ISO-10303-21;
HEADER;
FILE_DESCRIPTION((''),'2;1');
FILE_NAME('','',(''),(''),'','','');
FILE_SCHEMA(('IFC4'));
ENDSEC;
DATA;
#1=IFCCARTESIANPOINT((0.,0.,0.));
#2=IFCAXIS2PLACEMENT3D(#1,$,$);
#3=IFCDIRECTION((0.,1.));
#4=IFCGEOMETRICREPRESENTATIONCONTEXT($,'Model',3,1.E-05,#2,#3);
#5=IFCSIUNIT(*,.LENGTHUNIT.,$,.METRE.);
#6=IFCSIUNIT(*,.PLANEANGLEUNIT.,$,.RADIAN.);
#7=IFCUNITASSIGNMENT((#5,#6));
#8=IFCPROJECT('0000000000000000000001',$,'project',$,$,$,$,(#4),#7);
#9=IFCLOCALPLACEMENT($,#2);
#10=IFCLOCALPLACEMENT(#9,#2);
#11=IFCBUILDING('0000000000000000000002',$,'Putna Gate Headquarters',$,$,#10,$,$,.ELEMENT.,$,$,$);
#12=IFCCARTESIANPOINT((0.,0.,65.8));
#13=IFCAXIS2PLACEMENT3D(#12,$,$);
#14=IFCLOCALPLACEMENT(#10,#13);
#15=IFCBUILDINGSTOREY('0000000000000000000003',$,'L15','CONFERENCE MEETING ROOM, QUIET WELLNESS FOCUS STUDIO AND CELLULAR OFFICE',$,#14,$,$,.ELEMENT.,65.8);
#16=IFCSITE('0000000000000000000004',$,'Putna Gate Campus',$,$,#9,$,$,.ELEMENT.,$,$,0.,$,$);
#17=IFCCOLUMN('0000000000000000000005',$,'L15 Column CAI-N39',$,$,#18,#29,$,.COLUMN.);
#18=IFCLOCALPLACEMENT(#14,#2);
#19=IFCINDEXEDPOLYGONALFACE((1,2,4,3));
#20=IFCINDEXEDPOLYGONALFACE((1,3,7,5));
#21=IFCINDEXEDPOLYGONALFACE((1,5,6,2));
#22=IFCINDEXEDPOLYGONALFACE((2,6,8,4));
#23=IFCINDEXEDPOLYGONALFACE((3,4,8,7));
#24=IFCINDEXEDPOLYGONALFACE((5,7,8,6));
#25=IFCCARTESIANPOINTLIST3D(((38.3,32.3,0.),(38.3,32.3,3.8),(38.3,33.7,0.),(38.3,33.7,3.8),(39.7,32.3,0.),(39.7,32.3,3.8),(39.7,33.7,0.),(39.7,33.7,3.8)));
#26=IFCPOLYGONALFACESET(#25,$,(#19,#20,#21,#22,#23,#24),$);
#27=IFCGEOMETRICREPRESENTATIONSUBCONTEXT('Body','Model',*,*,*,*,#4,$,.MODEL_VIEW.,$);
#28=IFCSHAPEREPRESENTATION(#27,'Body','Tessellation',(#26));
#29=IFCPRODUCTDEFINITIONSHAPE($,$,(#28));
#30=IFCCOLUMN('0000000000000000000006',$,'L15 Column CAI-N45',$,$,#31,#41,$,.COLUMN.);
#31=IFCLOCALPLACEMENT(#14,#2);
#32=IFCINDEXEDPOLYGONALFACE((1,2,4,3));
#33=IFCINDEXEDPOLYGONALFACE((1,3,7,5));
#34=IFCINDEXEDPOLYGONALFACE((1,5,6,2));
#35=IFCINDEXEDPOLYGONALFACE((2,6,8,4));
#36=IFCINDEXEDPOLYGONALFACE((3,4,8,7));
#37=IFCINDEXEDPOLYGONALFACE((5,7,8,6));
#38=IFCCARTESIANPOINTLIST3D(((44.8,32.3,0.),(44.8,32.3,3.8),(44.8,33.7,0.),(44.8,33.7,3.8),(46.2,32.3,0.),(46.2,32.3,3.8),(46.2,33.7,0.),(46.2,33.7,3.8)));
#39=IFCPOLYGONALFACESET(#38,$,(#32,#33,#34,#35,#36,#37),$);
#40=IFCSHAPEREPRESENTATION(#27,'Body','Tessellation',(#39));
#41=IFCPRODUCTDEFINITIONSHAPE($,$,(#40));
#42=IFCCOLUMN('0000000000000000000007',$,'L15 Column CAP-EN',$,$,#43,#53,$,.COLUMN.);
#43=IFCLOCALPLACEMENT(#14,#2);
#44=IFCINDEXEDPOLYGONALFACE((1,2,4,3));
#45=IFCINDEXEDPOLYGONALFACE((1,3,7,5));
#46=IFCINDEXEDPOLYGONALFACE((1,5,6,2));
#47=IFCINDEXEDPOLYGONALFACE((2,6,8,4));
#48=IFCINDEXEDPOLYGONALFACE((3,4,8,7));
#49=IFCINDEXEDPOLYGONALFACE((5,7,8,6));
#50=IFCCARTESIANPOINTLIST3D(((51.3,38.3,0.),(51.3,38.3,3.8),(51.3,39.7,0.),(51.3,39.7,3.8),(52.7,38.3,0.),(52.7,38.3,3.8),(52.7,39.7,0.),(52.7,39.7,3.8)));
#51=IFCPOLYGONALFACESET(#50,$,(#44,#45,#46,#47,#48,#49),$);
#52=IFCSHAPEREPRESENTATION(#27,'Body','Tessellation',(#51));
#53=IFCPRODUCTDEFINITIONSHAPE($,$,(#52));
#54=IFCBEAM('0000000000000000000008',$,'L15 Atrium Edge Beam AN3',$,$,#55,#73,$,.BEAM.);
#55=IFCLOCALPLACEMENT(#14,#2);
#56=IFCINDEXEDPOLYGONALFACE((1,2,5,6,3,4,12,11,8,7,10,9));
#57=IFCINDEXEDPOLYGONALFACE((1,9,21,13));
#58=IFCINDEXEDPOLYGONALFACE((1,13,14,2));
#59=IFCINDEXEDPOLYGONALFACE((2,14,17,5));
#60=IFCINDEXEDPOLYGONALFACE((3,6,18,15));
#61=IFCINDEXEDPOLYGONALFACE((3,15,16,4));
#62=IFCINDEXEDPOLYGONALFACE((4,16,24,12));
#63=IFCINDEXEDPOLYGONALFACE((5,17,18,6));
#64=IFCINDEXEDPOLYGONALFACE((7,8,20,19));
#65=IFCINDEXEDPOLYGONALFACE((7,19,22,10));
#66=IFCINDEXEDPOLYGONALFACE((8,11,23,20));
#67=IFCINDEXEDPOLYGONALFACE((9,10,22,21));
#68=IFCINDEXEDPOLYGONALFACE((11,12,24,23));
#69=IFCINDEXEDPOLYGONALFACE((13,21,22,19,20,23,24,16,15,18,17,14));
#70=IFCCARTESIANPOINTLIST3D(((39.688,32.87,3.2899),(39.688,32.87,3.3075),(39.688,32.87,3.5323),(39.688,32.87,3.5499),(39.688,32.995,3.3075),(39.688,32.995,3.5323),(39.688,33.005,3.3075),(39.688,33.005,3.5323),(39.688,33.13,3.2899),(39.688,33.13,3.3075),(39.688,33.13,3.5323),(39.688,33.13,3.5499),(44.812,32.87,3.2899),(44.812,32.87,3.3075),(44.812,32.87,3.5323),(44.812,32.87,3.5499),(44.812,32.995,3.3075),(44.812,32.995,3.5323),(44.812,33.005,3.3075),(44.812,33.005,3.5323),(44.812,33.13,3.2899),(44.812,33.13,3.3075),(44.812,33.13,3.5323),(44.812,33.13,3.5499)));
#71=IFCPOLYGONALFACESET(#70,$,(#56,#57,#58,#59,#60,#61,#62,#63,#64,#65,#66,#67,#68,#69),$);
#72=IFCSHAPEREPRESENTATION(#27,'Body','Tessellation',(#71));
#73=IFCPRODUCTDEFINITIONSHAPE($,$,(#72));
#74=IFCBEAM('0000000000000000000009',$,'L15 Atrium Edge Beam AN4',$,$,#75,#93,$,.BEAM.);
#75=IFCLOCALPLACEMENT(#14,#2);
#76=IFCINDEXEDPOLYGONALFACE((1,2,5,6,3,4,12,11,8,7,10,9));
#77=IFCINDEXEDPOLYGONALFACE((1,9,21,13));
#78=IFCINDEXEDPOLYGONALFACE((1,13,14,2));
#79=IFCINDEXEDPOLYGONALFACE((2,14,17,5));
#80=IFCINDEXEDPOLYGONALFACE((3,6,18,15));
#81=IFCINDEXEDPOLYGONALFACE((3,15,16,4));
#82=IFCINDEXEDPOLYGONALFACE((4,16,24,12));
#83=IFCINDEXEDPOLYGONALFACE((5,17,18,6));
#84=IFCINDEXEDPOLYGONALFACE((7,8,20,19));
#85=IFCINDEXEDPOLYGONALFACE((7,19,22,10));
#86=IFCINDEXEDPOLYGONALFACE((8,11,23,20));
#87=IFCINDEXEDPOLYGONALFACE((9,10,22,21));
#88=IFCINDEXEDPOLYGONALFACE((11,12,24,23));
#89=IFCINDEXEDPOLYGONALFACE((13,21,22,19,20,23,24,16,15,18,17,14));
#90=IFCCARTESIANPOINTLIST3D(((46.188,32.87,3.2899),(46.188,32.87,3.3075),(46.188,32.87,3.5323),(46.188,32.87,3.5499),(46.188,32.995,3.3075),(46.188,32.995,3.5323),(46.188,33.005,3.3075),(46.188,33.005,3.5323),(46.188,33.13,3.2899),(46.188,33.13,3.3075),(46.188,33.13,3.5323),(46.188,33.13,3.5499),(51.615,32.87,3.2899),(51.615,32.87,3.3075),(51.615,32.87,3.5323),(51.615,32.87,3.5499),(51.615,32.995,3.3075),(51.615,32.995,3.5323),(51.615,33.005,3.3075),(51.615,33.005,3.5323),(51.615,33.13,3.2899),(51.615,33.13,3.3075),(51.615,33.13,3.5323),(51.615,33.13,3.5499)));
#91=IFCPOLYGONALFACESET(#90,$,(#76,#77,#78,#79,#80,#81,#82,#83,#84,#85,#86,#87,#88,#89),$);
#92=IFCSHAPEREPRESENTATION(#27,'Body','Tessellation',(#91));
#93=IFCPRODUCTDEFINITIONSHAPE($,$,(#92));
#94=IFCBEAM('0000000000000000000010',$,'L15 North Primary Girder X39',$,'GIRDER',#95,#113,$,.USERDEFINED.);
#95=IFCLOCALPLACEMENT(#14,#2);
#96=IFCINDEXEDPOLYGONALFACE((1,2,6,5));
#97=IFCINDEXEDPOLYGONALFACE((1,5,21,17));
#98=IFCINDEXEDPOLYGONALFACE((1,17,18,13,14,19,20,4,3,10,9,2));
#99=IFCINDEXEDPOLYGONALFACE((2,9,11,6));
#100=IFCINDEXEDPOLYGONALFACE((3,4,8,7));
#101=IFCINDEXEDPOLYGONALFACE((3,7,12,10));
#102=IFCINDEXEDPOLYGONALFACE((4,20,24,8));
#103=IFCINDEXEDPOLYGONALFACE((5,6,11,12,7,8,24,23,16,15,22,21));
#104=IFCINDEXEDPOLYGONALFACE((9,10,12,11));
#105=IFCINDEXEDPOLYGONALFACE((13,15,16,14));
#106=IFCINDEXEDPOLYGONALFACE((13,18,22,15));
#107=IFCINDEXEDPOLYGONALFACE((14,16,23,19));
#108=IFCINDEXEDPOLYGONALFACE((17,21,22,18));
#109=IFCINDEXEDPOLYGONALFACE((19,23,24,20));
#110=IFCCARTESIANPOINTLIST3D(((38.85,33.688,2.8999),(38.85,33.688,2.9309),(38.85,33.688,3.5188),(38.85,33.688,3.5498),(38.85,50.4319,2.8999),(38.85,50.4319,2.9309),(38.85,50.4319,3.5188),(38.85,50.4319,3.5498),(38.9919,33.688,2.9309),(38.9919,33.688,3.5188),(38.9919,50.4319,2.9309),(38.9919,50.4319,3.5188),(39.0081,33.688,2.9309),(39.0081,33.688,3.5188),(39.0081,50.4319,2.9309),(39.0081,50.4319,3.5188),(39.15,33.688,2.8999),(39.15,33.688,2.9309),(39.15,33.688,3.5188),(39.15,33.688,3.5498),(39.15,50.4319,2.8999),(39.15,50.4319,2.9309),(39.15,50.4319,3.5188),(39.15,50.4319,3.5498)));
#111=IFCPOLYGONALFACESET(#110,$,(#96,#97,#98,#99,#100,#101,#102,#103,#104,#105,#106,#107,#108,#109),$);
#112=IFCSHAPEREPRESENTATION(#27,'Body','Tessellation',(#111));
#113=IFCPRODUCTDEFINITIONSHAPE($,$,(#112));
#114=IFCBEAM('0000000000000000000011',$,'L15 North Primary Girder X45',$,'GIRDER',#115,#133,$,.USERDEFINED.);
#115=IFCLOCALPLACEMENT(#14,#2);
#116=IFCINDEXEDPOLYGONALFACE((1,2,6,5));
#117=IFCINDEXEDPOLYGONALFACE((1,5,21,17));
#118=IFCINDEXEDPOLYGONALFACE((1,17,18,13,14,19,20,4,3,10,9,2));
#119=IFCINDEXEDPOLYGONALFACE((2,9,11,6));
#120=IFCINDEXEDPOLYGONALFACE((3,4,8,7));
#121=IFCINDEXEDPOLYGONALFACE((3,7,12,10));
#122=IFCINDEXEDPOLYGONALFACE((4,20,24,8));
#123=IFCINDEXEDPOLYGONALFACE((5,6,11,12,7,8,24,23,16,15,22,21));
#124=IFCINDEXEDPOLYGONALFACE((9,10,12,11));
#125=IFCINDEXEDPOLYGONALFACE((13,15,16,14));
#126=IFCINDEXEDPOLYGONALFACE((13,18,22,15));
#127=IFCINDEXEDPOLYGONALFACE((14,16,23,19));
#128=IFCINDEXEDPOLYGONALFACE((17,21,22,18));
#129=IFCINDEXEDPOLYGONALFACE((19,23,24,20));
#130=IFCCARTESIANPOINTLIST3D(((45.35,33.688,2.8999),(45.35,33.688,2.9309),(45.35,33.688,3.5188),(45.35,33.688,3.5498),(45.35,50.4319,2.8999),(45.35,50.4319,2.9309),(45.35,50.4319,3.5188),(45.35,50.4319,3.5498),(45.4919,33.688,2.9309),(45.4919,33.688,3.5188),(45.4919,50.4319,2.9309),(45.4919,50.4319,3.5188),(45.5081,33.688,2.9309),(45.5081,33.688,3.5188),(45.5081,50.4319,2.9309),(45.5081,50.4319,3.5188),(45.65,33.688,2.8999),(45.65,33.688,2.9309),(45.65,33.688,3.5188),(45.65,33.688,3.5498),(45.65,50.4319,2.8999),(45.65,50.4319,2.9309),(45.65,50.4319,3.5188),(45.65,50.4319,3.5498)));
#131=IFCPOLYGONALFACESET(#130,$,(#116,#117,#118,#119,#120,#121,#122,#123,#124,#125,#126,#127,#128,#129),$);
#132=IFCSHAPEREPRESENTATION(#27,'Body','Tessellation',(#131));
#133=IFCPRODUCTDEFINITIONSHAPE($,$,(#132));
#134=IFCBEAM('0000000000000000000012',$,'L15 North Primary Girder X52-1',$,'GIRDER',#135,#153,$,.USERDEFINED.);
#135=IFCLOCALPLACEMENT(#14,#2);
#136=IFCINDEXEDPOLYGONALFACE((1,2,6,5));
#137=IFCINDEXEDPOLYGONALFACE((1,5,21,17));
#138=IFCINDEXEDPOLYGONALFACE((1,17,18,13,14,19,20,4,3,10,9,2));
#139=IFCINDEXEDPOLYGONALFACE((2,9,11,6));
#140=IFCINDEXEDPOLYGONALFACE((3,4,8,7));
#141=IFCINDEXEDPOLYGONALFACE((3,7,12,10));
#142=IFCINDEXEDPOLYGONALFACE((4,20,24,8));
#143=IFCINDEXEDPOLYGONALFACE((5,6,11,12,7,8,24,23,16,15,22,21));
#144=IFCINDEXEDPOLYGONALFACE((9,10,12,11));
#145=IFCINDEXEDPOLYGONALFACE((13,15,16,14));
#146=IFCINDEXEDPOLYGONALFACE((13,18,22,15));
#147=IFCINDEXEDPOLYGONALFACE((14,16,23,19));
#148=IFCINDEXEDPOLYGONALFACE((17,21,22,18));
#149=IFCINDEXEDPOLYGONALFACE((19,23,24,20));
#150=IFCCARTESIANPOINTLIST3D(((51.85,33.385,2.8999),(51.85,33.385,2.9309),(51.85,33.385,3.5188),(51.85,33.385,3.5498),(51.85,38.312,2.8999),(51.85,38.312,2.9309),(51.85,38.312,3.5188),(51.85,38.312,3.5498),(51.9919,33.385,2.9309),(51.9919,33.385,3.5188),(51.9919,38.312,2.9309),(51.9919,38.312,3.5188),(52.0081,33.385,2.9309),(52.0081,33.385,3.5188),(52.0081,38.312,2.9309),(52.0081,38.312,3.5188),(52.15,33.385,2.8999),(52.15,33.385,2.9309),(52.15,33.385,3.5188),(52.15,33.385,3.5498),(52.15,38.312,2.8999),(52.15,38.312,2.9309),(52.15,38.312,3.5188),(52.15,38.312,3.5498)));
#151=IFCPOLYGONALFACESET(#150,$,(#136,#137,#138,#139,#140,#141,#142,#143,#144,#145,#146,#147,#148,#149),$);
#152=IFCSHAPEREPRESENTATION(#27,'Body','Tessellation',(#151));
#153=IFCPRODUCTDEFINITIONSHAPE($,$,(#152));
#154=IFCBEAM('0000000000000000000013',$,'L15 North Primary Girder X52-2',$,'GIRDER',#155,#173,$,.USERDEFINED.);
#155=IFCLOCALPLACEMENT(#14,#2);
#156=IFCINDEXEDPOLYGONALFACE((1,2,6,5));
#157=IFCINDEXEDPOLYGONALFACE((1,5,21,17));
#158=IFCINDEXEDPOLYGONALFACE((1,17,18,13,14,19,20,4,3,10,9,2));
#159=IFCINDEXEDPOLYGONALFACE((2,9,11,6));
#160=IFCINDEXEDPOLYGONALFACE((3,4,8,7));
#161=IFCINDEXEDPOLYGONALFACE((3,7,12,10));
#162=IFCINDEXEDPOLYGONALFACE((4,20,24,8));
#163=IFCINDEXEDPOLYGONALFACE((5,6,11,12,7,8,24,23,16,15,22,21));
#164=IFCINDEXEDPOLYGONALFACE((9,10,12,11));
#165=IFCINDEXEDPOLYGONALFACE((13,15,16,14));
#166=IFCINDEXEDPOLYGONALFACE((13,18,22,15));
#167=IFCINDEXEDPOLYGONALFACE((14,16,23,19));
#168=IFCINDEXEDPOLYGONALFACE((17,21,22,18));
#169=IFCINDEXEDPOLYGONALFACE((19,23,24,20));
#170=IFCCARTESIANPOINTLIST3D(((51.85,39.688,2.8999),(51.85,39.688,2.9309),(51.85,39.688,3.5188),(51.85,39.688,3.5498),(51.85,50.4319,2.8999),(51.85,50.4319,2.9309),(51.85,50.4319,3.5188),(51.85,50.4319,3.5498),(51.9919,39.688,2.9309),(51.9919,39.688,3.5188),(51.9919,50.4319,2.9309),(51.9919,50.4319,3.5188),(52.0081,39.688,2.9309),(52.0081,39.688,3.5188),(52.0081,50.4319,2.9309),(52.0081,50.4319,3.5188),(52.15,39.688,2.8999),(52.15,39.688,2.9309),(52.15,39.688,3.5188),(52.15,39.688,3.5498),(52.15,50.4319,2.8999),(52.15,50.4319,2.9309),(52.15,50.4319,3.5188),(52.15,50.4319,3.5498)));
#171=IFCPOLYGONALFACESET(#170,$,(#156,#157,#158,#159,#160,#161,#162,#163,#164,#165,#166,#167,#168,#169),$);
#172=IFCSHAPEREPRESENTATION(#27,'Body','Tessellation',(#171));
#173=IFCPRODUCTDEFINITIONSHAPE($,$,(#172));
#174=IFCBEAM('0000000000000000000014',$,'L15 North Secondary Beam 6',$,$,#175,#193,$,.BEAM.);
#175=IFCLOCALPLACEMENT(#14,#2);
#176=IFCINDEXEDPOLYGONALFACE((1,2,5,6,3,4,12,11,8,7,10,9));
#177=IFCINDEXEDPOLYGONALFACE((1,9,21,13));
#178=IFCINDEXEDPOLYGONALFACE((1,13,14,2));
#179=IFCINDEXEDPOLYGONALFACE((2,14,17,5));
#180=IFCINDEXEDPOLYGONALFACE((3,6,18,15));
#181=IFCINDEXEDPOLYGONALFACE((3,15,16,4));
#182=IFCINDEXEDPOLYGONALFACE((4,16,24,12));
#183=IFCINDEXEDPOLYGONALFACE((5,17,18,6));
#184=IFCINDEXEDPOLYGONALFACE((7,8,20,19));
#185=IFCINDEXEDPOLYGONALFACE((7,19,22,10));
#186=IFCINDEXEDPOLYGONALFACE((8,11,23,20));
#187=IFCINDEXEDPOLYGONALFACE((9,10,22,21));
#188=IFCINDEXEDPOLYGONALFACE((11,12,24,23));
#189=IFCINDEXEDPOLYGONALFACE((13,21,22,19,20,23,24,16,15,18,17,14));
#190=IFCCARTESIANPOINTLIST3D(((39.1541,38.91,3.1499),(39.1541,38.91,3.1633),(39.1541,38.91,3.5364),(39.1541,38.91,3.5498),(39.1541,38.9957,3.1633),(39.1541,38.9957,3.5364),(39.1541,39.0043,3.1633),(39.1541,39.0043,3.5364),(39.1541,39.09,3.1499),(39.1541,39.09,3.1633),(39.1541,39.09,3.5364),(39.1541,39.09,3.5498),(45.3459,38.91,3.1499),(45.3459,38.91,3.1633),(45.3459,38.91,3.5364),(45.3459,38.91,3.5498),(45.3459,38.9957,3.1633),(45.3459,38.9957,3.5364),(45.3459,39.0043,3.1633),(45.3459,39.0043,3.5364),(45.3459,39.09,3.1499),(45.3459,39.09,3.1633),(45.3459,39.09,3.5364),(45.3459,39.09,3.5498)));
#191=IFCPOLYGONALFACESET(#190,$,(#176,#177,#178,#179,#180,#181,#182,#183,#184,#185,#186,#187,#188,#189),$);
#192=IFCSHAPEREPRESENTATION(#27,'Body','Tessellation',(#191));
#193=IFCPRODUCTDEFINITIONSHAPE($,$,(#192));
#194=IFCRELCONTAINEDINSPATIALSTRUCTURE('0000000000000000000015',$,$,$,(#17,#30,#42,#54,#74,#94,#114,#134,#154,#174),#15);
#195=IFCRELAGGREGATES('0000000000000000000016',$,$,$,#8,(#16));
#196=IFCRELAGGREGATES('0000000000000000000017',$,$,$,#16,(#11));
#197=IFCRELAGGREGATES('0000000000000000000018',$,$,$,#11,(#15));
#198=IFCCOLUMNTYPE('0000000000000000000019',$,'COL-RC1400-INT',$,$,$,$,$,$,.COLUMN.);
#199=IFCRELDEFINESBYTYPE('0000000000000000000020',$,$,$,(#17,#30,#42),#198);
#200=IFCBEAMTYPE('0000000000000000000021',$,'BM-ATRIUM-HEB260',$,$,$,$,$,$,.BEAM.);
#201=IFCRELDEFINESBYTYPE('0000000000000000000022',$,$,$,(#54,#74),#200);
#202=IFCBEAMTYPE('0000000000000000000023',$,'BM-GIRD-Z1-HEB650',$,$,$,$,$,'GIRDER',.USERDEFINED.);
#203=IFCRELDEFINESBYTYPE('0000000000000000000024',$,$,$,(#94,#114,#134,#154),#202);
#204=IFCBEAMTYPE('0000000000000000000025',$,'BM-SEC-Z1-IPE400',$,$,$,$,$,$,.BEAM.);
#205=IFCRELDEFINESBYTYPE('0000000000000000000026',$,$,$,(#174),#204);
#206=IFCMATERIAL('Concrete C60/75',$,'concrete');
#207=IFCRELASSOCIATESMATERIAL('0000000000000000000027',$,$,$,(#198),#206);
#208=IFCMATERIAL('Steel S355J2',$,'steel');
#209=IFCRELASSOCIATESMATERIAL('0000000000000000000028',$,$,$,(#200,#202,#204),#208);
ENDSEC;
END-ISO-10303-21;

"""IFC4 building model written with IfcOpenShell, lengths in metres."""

from ifc_helpers import new_model, si_unit, direction, frame, origin, origin_2d, place, context, subcontext, project, spatial, rectangle, i_section, extrude, material, material_profile, profile_set, type_object, element, save


model = new_model("IFC4")

# Units and contexts
model_context = context("Model", 3, precision=1e-05, world=origin(), true_north=direction((0.0, 1.0)))
body_context = subcontext(model_context, "Body", "Model", "MODEL_VIEW")
ifc_project = project(units=[si_unit("LENGTHUNIT", "METRE"), si_unit("PLANEANGLEUNIT", "RADIAN")], contexts=[model_context])

# Site, building, storey
site_placement = place(None, origin())
site = spatial("IfcSite", under=ifc_project, at=site_placement, Name="Putna Gate Campus", CompositionType="ELEMENT", RefElevation=0.0)
building_placement = place(site_placement, origin())
building = spatial("IfcBuilding", under=site, at=building_placement, Name="Putna Gate Headquarters", CompositionType="ELEMENT")
storey_placement = place(building_placement, frame((0.0, 0.0, 65.8)))
storey = spatial("IfcBuildingStorey", under=building, at=storey_placement, Name="L15", Description="CONFERENCE MEETING ROOM, QUIET WELLNESS FOCUS STUDIO AND CELLULAR OFFICE", CompositionType="ELEMENT", Elevation=65.8)

# Columns
ifc_material_1 = material(Name="Concrete C60/75", Category="concrete")
ifc_material_profile_1 = material_profile(ifc_material_1, rectangle(XDim=1.3999, YDim=1.3999, at=origin_2d()), Name="Concrete C60/75")
ifc_profile_set_1 = profile_set([ifc_material_profile_1], Name="Concrete C60/75")
column_type = type_object("IfcColumnType", Name="COL-RC1400-INT", PredefinedType="COLUMN", material=ifc_profile_set_1)
for number, where, z_axis, x_axis, name in (
    (1, (39.0, 33.0, 0.0), (0.0, 0.0, 1.0), (1.0, 0.0, 0.0), "L15 Column CAI-N39"),
    (2, (45.5, 33.0, 0.0), (0.0, 0.0, 1.0), (1.0, 0.0, 0.0), "L15 Column CAI-N45"),
    (3, (52.0, 39.0, 0.0), (0.0, 0.0, 1.0), (1.0, 0.0, 0.0), "L15 Column CAP-EN"),
):
    element("IfcColumn", number, at=place(storey_placement, frame(where, z_axis=z_axis, x_axis=x_axis)), inside=storey, type_object=column_type, Name=name, PredefinedType="COLUMN", context=body_context, shape_type="SweptSolid", body=[
        extrude(rectangle(XDim=1.3999, YDim=1.3999, at=origin_2d()), origin(), (0.0, 0.0, 1.0), 3.8),
    ])

# Beams
ifc_material_2 = material(Name="Steel S355J2", Category="steel")
ifc_material_profile_2 = material_profile(ifc_material_2, i_section(OverallWidth=0.26, OverallDepth=0.26, WebThickness=0.01, FlangeThickness=0.0176, at=origin_2d()), Name="Steel S355J2")
ifc_profile_set_2 = profile_set([ifc_material_profile_2], Name="Steel S355J2")
beam_type_1 = type_object("IfcBeamType", Name="BM-ATRIUM-HEB260", PredefinedType="BEAM", material=ifc_profile_set_2)
beam_1_placement = place(storey_placement, frame((39.688, 33.0, 3.4199), z_axis=(1.0, 0.0, 0.0), x_axis=(0.0, 1.0, 0.0)))
element("IfcBeam", 4, at=beam_1_placement, inside=storey, type_object=beam_type_1, Name="L15 Atrium Edge Beam AN3", PredefinedType="BEAM", context=body_context, shape_type="SweptSolid", body=[
    extrude(i_section(OverallWidth=0.26, OverallDepth=0.26, WebThickness=0.01, FlangeThickness=0.0176, at=origin_2d()), origin(), (0.0, 0.0, 1.0), 5.124),
])
beam_2_placement = place(storey_placement, frame((46.188, 33.0, 3.4199), z_axis=(1.0, 0.0, 0.0), x_axis=(0.0, 1.0, 0.0)))
element("IfcBeam", 5, at=beam_2_placement, inside=storey, type_object=beam_type_1, Name="L15 Atrium Edge Beam AN4", PredefinedType="BEAM", context=body_context, shape_type="SweptSolid", body=[
    extrude(i_section(OverallWidth=0.26, OverallDepth=0.26, WebThickness=0.01, FlangeThickness=0.0176, at=origin_2d()), origin(), (0.0, 0.0, 1.0), 5.427),
])
ifc_material_profile_3 = material_profile(ifc_material_2, i_section(OverallWidth=0.3, OverallDepth=0.6499, WebThickness=0.0161, FlangeThickness=0.031, at=origin_2d()), Name="Steel S355J2")
ifc_profile_set_3 = profile_set([ifc_material_profile_3], Name="Steel S355J2")
beam_type_2 = type_object("IfcBeamType", Name="BM-GIRD-Z1-HEB650", ElementType="GIRDER", PredefinedType="USERDEFINED", material=ifc_profile_set_3)
for number, where, z_axis, x_axis, name in (
    (6, (39.0, 33.688, 3.2249), (0.0, 1.0, 0.0), (-1.0, 0.0, 0.0), "L15 North Primary Girder X39"),
    (7, (45.5, 33.688, 3.2249), (0.0, 1.0, 0.0), (-1.0, 0.0, 0.0), "L15 North Primary Girder X45"),
):
    element("IfcBeam", number, at=place(storey_placement, frame(where, z_axis=z_axis, x_axis=x_axis)), inside=storey, type_object=beam_type_2, Name=name, ObjectType="GIRDER", PredefinedType="USERDEFINED", context=body_context, shape_type="SweptSolid", body=[
        extrude(i_section(OverallWidth=0.3, OverallDepth=0.6499, WebThickness=0.0161, FlangeThickness=0.031, at=origin_2d()), origin(), (0.0, 0.0, 1.0), 16.7439),
    ])
beam_3_placement = place(storey_placement, frame((52.0, 33.385, 3.2249), z_axis=(0.0, 1.0, 0.0), x_axis=(-1.0, 0.0, 0.0)))
element("IfcBeam", 8, at=beam_3_placement, inside=storey, type_object=beam_type_2, Name="L15 North Primary Girder X52-1", ObjectType="GIRDER", PredefinedType="USERDEFINED", context=body_context, shape_type="SweptSolid", body=[
    extrude(i_section(OverallWidth=0.3, OverallDepth=0.6499, WebThickness=0.0161, FlangeThickness=0.031, at=origin_2d()), origin(), (0.0, 0.0, 1.0), 4.927),
])
beam_4_placement = place(storey_placement, frame((52.0, 39.688, 3.2249), z_axis=(0.0, 1.0, 0.0), x_axis=(-1.0, 0.0, 0.0)))
element("IfcBeam", 9, at=beam_4_placement, inside=storey, type_object=beam_type_2, Name="L15 North Primary Girder X52-2", ObjectType="GIRDER", PredefinedType="USERDEFINED", context=body_context, shape_type="SweptSolid", body=[
    extrude(i_section(OverallWidth=0.3, OverallDepth=0.6499, WebThickness=0.0161, FlangeThickness=0.031, at=origin_2d()), origin(), (0.0, 0.0, 1.0), 10.7439),
])
ifc_material_profile_4 = material_profile(ifc_material_2, i_section(OverallWidth=0.1799, OverallDepth=0.3999, WebThickness=0.0085, FlangeThickness=0.0134, at=origin_2d()), Name="Steel S355J2")
ifc_profile_set_4 = profile_set([ifc_material_profile_4], Name="Steel S355J2")
beam_type_3 = type_object("IfcBeamType", Name="BM-SEC-Z1-IPE400", PredefinedType="BEAM", material=ifc_profile_set_4)
beam_5_placement = place(storey_placement, frame((39.1541, 39.0, 3.3499), z_axis=(1.0, 0.0, 0.0), x_axis=(0.0, 1.0, 0.0)))
element("IfcBeam", 10, at=beam_5_placement, inside=storey, type_object=beam_type_3, Name="L15 North Secondary Beam 6", PredefinedType="BEAM", context=body_context, shape_type="SweptSolid", body=[
    extrude(i_section(OverallWidth=0.1799, OverallDepth=0.3999, WebThickness=0.0085, FlangeThickness=0.0134, at=origin_2d()), origin(), (0.0, 0.0, 1.0), 6.1919),
])

save(model, "model.ifc")
